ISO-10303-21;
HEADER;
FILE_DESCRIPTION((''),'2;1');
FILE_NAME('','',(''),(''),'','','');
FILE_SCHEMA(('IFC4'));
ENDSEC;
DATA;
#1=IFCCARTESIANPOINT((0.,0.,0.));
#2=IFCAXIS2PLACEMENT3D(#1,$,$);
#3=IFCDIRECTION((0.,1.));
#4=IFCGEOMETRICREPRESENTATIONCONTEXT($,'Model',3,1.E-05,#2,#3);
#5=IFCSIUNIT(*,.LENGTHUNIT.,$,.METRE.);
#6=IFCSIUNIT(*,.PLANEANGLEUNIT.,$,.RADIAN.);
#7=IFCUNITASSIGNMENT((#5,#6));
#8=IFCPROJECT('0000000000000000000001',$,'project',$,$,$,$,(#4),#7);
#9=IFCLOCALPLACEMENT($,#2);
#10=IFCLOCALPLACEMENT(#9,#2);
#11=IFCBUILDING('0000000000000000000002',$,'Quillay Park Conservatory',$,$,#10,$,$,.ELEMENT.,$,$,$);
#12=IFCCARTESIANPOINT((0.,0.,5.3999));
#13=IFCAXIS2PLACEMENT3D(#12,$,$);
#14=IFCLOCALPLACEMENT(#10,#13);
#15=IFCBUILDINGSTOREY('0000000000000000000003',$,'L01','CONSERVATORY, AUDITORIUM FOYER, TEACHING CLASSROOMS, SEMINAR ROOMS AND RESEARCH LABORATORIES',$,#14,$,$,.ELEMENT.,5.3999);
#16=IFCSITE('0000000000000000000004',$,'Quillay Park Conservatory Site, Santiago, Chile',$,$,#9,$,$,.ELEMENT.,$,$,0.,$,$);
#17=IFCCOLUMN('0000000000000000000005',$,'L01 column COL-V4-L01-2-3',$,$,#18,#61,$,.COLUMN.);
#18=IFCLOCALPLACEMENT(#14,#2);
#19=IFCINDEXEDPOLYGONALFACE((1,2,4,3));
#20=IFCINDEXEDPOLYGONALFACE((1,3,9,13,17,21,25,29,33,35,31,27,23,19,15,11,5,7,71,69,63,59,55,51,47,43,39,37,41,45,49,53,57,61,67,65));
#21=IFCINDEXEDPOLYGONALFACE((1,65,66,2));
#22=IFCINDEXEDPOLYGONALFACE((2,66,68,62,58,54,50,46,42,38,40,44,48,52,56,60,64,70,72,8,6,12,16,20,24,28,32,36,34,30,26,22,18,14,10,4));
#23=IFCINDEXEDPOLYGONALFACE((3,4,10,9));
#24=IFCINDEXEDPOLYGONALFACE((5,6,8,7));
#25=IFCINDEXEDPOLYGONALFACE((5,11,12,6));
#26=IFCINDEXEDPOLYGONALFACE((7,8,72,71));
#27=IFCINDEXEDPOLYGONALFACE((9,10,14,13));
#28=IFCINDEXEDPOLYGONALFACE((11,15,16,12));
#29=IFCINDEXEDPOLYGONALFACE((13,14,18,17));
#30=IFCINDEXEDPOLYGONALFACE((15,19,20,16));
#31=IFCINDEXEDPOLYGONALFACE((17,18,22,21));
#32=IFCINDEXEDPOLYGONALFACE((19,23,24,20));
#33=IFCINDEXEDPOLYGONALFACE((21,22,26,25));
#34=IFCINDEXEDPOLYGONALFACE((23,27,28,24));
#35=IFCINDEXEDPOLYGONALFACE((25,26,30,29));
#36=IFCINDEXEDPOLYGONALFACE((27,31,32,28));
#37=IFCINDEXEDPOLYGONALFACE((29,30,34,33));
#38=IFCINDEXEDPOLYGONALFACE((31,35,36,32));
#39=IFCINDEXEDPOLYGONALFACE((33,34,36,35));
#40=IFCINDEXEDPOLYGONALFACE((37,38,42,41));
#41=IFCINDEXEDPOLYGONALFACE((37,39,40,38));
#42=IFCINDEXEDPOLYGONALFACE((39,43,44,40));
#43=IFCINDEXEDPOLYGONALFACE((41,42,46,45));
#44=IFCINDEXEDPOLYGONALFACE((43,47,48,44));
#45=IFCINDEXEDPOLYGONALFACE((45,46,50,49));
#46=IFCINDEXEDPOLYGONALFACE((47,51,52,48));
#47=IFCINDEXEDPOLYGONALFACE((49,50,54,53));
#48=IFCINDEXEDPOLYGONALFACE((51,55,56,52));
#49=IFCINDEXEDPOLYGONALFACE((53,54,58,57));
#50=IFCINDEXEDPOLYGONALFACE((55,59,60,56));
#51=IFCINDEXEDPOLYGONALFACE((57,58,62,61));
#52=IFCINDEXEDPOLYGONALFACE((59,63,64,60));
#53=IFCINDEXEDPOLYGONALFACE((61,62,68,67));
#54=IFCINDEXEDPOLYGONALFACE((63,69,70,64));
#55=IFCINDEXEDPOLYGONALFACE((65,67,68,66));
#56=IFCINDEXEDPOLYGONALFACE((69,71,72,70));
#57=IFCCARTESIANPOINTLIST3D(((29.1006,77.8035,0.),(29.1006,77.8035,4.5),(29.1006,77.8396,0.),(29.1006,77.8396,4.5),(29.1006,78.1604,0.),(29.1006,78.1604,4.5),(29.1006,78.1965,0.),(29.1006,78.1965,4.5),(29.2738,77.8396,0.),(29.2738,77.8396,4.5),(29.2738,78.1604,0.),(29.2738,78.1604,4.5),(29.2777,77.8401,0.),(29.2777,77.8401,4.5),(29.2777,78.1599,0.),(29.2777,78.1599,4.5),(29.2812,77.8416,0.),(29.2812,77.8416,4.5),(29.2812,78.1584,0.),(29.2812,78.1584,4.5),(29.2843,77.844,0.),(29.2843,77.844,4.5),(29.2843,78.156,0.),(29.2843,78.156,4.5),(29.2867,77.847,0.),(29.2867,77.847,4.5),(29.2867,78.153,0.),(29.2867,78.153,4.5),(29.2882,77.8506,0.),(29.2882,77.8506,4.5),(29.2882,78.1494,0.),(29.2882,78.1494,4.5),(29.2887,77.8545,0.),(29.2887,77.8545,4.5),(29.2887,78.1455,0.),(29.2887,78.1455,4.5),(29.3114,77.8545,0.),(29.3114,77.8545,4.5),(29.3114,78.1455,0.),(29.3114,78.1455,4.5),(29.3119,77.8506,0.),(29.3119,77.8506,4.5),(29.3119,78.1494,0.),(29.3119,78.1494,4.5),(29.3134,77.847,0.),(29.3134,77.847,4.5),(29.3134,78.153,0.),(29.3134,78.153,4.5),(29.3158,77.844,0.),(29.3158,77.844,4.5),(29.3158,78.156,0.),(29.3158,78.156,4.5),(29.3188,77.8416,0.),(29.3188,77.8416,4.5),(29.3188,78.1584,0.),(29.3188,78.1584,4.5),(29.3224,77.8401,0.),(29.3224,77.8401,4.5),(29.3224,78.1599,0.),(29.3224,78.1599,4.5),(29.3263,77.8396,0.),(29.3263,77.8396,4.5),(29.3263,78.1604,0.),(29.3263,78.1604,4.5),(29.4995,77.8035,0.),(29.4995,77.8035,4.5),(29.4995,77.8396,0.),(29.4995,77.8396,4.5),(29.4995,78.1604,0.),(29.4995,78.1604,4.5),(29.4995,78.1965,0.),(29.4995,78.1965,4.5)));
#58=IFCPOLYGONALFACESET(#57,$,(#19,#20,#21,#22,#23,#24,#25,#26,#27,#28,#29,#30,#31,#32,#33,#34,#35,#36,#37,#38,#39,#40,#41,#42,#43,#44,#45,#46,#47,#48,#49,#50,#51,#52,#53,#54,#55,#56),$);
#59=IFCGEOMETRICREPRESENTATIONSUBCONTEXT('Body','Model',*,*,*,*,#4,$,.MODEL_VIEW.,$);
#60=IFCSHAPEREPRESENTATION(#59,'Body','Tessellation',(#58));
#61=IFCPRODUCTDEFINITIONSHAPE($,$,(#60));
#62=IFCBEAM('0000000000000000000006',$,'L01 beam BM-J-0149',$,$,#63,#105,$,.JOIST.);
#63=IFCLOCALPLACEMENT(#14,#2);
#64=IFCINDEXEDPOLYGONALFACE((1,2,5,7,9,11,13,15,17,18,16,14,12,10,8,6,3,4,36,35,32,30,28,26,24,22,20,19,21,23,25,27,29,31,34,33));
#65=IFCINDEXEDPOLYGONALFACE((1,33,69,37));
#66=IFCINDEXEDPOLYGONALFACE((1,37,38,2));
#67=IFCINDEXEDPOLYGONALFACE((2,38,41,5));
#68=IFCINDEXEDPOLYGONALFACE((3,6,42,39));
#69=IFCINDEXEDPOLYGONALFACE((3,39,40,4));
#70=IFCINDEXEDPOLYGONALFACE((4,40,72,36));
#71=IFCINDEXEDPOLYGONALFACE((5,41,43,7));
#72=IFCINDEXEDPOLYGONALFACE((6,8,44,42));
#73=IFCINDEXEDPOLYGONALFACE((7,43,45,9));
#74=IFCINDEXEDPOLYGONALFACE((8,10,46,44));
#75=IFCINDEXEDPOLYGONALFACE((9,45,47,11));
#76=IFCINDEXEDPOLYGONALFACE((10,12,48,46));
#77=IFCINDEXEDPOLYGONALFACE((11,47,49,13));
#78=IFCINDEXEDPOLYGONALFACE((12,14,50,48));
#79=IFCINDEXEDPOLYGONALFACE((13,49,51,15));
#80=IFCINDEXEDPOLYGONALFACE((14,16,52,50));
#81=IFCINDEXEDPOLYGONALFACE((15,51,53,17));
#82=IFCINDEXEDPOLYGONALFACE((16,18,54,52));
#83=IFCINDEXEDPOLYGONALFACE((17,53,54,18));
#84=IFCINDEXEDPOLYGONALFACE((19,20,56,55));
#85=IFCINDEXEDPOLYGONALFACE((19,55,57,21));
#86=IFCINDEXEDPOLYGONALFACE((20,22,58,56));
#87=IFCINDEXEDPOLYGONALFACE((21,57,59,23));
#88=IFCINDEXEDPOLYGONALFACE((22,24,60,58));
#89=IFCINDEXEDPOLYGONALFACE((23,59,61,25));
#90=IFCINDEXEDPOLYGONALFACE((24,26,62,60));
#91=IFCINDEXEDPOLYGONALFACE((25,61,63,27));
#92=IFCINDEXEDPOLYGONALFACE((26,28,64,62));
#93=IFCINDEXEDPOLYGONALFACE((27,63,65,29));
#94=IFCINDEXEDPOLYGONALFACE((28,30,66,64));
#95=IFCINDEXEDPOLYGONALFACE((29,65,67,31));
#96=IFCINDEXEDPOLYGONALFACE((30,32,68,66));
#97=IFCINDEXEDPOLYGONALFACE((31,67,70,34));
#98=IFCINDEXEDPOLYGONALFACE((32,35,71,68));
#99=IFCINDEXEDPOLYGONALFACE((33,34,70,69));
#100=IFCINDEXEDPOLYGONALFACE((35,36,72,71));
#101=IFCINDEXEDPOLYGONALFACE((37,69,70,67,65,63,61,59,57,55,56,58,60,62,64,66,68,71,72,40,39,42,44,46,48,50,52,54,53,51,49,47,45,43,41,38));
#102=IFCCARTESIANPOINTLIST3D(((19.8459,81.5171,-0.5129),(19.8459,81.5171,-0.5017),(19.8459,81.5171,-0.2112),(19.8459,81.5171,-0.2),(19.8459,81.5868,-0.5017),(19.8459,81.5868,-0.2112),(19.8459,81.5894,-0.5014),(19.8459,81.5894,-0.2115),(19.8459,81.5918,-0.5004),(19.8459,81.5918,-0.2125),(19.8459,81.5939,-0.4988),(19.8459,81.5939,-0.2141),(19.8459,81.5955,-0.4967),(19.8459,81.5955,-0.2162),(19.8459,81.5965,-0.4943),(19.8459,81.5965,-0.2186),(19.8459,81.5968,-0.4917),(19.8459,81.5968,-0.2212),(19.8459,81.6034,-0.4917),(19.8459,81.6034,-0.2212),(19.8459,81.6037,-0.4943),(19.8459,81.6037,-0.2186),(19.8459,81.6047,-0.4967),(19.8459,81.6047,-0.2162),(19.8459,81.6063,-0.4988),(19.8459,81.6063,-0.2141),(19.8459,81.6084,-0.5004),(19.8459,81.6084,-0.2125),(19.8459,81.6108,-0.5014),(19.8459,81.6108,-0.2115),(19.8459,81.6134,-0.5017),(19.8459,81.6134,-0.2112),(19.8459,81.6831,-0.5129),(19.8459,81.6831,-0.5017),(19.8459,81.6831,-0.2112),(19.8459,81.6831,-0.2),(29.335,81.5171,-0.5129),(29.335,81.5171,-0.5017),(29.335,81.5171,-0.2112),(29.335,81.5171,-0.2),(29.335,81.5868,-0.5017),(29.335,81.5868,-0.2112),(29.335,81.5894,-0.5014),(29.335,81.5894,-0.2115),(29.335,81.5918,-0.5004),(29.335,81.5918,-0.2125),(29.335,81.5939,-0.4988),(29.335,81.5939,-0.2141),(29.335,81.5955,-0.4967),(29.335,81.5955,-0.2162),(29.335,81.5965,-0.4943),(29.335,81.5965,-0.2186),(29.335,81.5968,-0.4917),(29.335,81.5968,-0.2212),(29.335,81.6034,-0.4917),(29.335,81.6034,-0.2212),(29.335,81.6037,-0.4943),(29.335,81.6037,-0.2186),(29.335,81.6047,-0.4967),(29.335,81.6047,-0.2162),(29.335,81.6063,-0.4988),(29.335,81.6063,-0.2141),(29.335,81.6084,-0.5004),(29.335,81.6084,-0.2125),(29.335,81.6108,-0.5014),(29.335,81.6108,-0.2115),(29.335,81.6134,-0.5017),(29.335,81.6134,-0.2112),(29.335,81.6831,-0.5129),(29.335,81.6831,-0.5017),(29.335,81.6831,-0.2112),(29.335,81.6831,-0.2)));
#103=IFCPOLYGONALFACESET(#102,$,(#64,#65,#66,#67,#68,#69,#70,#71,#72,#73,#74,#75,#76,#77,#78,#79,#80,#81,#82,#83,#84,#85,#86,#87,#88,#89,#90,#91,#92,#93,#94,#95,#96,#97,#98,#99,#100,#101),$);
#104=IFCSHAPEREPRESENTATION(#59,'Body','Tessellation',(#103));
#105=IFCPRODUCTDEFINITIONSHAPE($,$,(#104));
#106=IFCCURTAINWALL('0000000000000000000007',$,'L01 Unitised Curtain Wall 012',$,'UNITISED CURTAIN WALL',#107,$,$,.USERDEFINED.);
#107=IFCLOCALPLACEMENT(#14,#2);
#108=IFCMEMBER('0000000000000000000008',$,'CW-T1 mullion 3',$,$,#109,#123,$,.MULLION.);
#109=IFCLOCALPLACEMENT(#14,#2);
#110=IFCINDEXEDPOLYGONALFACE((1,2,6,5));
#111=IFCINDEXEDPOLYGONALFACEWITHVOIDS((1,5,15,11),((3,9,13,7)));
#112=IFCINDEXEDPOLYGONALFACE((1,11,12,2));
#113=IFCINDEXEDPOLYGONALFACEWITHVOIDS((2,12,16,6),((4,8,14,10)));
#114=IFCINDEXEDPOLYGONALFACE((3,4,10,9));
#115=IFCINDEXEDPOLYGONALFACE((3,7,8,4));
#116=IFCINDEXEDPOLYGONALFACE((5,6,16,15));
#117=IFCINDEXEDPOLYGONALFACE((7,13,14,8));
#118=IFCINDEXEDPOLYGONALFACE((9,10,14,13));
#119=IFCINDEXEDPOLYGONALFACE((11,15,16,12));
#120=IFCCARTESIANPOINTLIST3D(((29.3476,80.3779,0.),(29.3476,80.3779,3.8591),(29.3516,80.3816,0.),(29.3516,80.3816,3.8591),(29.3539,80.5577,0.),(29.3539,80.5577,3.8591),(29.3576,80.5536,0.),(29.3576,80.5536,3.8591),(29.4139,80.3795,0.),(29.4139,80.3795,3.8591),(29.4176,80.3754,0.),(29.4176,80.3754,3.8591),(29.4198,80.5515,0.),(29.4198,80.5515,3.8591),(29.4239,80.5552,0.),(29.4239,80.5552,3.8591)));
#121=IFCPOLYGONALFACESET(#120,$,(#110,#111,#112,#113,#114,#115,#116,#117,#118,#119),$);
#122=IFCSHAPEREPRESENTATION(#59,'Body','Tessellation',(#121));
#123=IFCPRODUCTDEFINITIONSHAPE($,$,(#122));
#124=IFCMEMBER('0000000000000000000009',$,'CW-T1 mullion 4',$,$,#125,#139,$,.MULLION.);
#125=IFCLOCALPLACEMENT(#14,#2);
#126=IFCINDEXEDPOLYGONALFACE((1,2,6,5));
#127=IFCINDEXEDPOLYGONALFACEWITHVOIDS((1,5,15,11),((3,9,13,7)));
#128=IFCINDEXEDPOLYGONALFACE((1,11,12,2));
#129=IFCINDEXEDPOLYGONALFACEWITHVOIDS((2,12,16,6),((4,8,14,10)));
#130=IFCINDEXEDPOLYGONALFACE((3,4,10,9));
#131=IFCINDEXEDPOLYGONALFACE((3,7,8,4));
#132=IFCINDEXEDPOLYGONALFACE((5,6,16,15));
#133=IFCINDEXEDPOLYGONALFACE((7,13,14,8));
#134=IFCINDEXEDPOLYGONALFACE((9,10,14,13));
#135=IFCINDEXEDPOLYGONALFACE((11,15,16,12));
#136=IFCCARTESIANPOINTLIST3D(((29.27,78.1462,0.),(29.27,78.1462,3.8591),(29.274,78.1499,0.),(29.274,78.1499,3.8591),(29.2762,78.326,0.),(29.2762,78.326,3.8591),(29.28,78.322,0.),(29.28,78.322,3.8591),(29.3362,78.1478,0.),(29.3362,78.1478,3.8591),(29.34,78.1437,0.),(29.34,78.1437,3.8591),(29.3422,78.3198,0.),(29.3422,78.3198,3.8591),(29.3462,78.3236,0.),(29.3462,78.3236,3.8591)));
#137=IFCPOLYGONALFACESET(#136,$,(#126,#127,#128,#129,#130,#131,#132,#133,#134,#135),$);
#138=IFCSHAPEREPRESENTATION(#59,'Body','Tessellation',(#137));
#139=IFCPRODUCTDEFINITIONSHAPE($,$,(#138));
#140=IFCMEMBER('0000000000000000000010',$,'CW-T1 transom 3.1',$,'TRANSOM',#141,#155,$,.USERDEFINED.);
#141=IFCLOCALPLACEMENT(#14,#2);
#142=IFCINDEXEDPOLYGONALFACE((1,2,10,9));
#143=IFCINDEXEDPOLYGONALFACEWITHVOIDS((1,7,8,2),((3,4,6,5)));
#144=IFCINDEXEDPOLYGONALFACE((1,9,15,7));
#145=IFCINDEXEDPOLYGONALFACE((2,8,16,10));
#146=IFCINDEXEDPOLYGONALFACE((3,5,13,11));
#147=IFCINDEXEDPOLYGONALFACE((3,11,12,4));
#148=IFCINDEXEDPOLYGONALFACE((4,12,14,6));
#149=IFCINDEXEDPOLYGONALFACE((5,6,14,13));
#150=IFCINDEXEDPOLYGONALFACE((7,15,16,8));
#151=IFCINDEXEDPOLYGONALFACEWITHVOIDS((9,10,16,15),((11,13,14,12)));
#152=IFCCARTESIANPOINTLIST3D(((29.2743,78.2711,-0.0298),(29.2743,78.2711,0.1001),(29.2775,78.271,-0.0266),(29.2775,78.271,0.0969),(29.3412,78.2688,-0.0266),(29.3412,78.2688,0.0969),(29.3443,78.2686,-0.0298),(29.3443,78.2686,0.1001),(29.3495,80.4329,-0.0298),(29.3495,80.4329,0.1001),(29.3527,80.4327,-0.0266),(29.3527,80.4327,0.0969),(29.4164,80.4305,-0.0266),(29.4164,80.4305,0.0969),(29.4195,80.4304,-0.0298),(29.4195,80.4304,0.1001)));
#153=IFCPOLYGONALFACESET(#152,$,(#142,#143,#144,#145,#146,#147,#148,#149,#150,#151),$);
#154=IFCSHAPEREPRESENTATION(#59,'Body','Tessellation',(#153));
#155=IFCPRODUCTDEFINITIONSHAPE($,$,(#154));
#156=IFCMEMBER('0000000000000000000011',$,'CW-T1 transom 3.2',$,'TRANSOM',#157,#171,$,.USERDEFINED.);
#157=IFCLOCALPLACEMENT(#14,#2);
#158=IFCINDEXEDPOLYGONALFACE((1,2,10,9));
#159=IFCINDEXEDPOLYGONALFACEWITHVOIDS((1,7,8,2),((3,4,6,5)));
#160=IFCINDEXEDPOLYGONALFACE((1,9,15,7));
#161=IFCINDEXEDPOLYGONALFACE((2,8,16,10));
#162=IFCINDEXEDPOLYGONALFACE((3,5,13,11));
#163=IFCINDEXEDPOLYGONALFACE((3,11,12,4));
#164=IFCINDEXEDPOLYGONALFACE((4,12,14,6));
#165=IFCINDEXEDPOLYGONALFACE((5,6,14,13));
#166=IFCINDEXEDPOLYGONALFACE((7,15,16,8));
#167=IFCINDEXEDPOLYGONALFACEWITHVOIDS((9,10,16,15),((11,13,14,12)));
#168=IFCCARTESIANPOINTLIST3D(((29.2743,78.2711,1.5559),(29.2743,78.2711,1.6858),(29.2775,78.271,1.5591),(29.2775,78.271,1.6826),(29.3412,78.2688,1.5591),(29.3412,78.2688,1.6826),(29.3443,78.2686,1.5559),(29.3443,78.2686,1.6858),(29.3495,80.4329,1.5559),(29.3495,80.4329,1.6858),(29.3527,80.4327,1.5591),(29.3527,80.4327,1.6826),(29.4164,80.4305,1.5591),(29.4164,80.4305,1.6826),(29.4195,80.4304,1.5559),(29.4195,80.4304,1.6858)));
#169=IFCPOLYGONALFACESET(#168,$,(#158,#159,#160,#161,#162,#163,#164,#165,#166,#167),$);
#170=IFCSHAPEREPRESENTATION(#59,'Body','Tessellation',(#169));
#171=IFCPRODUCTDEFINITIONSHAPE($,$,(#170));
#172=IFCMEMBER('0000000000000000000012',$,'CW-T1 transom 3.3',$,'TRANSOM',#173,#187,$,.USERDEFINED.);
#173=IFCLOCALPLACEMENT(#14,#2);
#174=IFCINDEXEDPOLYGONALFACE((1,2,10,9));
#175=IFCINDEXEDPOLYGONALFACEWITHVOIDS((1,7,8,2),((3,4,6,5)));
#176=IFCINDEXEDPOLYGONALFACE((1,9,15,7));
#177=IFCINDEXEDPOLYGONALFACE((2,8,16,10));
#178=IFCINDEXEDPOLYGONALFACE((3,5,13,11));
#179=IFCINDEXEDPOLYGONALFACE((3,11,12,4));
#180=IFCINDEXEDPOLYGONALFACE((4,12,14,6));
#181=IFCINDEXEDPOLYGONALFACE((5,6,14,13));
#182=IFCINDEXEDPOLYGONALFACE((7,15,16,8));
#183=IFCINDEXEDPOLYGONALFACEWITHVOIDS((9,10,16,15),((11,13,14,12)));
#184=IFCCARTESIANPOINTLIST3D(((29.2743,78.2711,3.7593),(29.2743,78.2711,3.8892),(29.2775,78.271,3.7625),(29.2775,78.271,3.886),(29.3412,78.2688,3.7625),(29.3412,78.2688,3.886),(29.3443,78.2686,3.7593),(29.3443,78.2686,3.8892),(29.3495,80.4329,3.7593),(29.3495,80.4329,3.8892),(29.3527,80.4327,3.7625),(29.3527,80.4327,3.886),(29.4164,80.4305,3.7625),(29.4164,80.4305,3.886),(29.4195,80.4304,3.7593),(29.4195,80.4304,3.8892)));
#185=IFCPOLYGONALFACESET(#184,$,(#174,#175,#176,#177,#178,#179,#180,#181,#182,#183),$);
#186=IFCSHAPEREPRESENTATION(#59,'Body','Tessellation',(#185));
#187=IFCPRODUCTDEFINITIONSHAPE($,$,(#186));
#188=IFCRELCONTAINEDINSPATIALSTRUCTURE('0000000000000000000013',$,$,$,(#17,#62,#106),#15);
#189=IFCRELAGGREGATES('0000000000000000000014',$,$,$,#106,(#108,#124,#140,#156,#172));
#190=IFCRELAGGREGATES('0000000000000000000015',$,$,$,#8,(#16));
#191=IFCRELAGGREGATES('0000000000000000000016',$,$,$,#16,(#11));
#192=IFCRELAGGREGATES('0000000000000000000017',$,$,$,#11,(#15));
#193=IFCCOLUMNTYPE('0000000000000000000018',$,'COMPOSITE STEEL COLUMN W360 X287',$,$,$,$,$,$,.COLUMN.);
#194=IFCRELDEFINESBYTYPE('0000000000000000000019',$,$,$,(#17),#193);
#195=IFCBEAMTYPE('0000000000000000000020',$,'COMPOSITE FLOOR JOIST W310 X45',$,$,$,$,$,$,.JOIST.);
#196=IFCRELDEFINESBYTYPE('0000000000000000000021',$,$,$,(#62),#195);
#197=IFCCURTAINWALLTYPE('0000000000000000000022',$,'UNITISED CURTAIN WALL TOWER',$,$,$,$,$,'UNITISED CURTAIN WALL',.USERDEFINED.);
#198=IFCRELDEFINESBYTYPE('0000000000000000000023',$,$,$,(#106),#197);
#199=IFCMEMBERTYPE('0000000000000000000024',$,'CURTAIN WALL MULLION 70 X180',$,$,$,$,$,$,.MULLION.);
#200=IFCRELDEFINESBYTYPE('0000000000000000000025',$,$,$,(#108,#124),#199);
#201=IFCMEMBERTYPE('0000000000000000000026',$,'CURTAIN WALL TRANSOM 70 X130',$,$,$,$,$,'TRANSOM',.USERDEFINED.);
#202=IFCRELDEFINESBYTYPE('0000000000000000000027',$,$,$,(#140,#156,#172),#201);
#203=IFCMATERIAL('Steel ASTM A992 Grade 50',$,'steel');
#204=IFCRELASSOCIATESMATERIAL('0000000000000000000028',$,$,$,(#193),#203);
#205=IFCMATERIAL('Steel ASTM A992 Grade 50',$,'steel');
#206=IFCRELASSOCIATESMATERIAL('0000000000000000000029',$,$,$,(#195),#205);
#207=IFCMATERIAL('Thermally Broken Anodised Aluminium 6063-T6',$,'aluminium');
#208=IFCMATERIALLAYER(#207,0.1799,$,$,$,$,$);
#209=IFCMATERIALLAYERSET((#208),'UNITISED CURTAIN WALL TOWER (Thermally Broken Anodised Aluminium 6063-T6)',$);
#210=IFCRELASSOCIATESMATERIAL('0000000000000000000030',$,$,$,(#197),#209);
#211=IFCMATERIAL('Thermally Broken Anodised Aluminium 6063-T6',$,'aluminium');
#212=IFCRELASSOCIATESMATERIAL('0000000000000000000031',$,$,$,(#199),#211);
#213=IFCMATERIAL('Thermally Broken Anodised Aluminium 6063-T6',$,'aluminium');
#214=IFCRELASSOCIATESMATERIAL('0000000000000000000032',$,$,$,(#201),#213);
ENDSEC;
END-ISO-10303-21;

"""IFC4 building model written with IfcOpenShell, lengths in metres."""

from ifc_helpers import new_model, si_unit, direction, frame, origin, origin_2d, place, context, subcontext, project, spatial, hollow_rectangle, i_section, extrude, material, layer, layer_set, material_profile, profile_set, type_object, element, aggregate, save


model = new_model("IFC4")

# Units and contexts
model_context = context("Model", 3, precision=1e-05, world=origin(), true_north=direction((0.0, 1.0)))
body_context = subcontext(model_context, "Body", "Model", "MODEL_VIEW")
ifc_project = project(units=[si_unit("LENGTHUNIT", "METRE"), si_unit("PLANEANGLEUNIT", "RADIAN")], contexts=[model_context])

# Site, building, storey
site_placement = place(None, origin())
site = spatial("IfcSite", under=ifc_project, at=site_placement, Name="Quillay Park Conservatory Site, Santiago, Chile", CompositionType="ELEMENT", RefElevation=0.0)
building_placement = place(site_placement, origin())
building = spatial("IfcBuilding", under=site, at=building_placement, Name="Quillay Park Conservatory", CompositionType="ELEMENT")
storey_placement = place(building_placement, frame((0.0, 0.0, 5.3999)))
storey = spatial("IfcBuildingStorey", under=building, at=storey_placement, Name="L01", Description="CONSERVATORY, AUDITORIUM FOYER, TEACHING CLASSROOMS, SEMINAR ROOMS AND RESEARCH LABORATORIES", CompositionType="ELEMENT", Elevation=5.3999)

# Column
ifc_material_1 = material(Name="Steel ASTM A992 Grade 50", Category="steel")
ifc_material_profile_1 = material_profile(ifc_material_1, i_section(OverallWidth=0.3989, OverallDepth=0.3931, WebThickness=0.0227, FlangeThickness=0.0361, FilletRadius=0.0149, at=origin_2d()), Name="W360x287")
ifc_profile_set_1 = profile_set([ifc_material_profile_1], Name="Steel ASTM A992 Grade 50")
column_type = type_object("IfcColumnType", Name="COMPOSITE STEEL COLUMN W360 X287", PredefinedType="COLUMN", material=ifc_profile_set_1)
column_placement = place(storey_placement, frame((29.3, 78.0, 0.0), z_axis=(0.0, 0.0, 1.0), x_axis=(1.0, 0.0, 0.0)))
element("IfcColumn", 1, at=column_placement, inside=storey, type_object=column_type, Name="L01 column COL-V4-L01-2-3", PredefinedType="COLUMN", context=body_context, shape_type="SweptSolid", body=[
    extrude(i_section(OverallWidth=0.3989, OverallDepth=0.3931, WebThickness=0.0227, FlangeThickness=0.0361, FilletRadius=0.0149, at=origin_2d()), origin(), (0.0, 0.0, 1.0), 4.5),
])

# Beam
ifc_material_2 = material(Name="Steel ASTM A992 Grade 50", Category="steel")
ifc_material_profile_2 = material_profile(ifc_material_2, i_section(OverallWidth=0.166, OverallDepth=0.313, WebThickness=0.0066, FlangeThickness=0.0112, FilletRadius=0.01, at=origin_2d()), Name="W310x45")
ifc_profile_set_2 = profile_set([ifc_material_profile_2], Name="Steel ASTM A992 Grade 50")
beam_type_1 = type_object("IfcBeamType", Name="COMPOSITE FLOOR JOIST W310 X45", PredefinedType="JOIST", material=ifc_profile_set_2)
beam_1_placement = place(storey_placement, frame((19.8459, 81.6001, -0.3564), z_axis=(1.0, 0.0, 0.0), x_axis=(0.0, 1.0, 0.0)))
element("IfcBeam", 2, at=beam_1_placement, inside=storey, type_object=beam_type_1, Name="L01 beam BM-J-0149", PredefinedType="JOIST", context=body_context, shape_type="SweptSolid", body=[
    extrude(i_section(OverallWidth=0.166, OverallDepth=0.313, WebThickness=0.0066, FlangeThickness=0.0112, FilletRadius=0.01, at=origin_2d()), origin(), (0.0, 0.0, 1.0), 9.489),
])

# Curtain wall, members
ifc_material_3 = material(Name="Thermally Broken Anodised Aluminium 6063-T6", Category="aluminium")
ifc_layer_1 = layer(ifc_material_3, 0.1799)
ifc_layer_set_1 = layer_set([ifc_layer_1], Name="UNITISED CURTAIN WALL TOWER (Thermally Broken Anodised Aluminium 6063-T6)")
curtain_wall_type = type_object("IfcCurtainWallType", Name="UNITISED CURTAIN WALL TOWER", ElementType="UNITISED CURTAIN WALL", PredefinedType="USERDEFINED", material=ifc_layer_set_1)
curtain_wall_placement = place(storey_placement, origin())
curtain_wall = element("IfcCurtainWall", 3, at=curtain_wall_placement, inside=storey, type_object=curtain_wall_type, Name="L01 Unitised Curtain Wall 012", ObjectType="UNITISED CURTAIN WALL", PredefinedType="USERDEFINED")
ifc_material_4 = material(Name="Thermally Broken Anodised Aluminium 6063-T6", Category="aluminium")
ifc_material_profile_3 = material_profile(ifc_material_4, hollow_rectangle(XDim=0.0701, YDim=0.1799, WallThickness=0.0039, at=origin_2d()), Name="AL70x180x4")
ifc_profile_set_3 = profile_set([ifc_material_profile_3], Name="Thermally Broken Anodised Aluminium 6063-T6")
member_type_1 = type_object("IfcMemberType", Name="CURTAIN WALL MULLION 70 X180", PredefinedType="MULLION", material=ifc_profile_set_3)
member_1_placement = place(storey_placement, frame((29.3857, 80.4666, 0.0), z_axis=(0.0, 0.0, 1.0), x_axis=(0.999397, -0.034713, 0.0)))
member_1 = element("IfcMember", 4, at=member_1_placement, type_object=member_type_1, Name="CW-T1 mullion 3", PredefinedType="MULLION", context=body_context, shape_type="SweptSolid", body=[
    extrude(hollow_rectangle(XDim=0.0701, YDim=0.1799, WallThickness=0.0039, at=origin_2d()), origin(), (0.0, 0.0, 1.0), 3.8591),
])
member_2_placement = place(storey_placement, frame((29.3081, 78.2349, 0.0), z_axis=(0.0, 0.0, 1.0), x_axis=(0.999397, -0.034713, 0.0)))
member_2 = element("IfcMember", 5, at=member_2_placement, type_object=member_type_1, Name="CW-T1 mullion 4", PredefinedType="MULLION", context=body_context, shape_type="SweptSolid", body=[
    extrude(hollow_rectangle(XDim=0.0701, YDim=0.1799, WallThickness=0.0039, at=origin_2d()), origin(), (0.0, 0.0, 1.0), 3.8591),
])
ifc_material_5 = material(Name="Thermally Broken Anodised Aluminium 6063-T6", Category="aluminium")
ifc_material_profile_4 = material_profile(ifc_material_5, hollow_rectangle(XDim=0.0701, YDim=0.1299, WallThickness=0.0032, at=origin_2d()), Name="AL70x130x3.2")
ifc_profile_set_4 = profile_set([ifc_material_profile_4], Name="Thermally Broken Anodised Aluminium 6063-T6")
member_type_2 = type_object("IfcMemberType", Name="CURTAIN WALL TRANSOM 70 X130", ElementType="TRANSOM", PredefinedType="USERDEFINED", material=ifc_profile_set_4)
member_3_placement = place(storey_placement, frame((29.3845, 80.4316, 0.0352), z_axis=(-0.034762, -0.999396, 0.0), x_axis=(0.999396, -0.034762, 0.0)))
member_3 = element("IfcMember", 6, at=member_3_placement, type_object=member_type_2, Name="CW-T1 transom 3.1", ObjectType="TRANSOM", PredefinedType="USERDEFINED", context=body_context, shape_type="SweptSolid", body=[
    extrude(hollow_rectangle(XDim=0.0701, YDim=0.1299, WallThickness=0.0032, at=origin_2d()), origin(), (0.0, 0.0, 1.0), 2.1631),
])
member_4_placement = place(storey_placement, frame((29.3845, 80.4316, 1.6208), z_axis=(-0.034762, -0.999396, 0.0), x_axis=(0.999396, -0.034762, 0.0)))
member_4 = element("IfcMember", 7, at=member_4_placement, type_object=member_type_2, Name="CW-T1 transom 3.2", ObjectType="TRANSOM", PredefinedType="USERDEFINED", context=body_context, shape_type="SweptSolid", body=[
    extrude(hollow_rectangle(XDim=0.0701, YDim=0.1299, WallThickness=0.0032, at=origin_2d()), origin(), (0.0, 0.0, 1.0), 2.1631),
])
member_5_placement = place(storey_placement, frame((29.3845, 80.4316, 3.8242), z_axis=(-0.034762, -0.999396, 0.0), x_axis=(0.999396, -0.034762, 0.0)))
member_5 = element("IfcMember", 8, at=member_5_placement, type_object=member_type_2, Name="CW-T1 transom 3.3", ObjectType="TRANSOM", PredefinedType="USERDEFINED", context=body_context, shape_type="SweptSolid", body=[
    extrude(hollow_rectangle(XDim=0.0701, YDim=0.1299, WallThickness=0.0032, at=origin_2d()), origin(), (0.0, 0.0, 1.0), 2.1631),
])

aggregate(curtain_wall, [member_1, member_2, member_3, member_4, member_5])

save(model, "model.ifc")
